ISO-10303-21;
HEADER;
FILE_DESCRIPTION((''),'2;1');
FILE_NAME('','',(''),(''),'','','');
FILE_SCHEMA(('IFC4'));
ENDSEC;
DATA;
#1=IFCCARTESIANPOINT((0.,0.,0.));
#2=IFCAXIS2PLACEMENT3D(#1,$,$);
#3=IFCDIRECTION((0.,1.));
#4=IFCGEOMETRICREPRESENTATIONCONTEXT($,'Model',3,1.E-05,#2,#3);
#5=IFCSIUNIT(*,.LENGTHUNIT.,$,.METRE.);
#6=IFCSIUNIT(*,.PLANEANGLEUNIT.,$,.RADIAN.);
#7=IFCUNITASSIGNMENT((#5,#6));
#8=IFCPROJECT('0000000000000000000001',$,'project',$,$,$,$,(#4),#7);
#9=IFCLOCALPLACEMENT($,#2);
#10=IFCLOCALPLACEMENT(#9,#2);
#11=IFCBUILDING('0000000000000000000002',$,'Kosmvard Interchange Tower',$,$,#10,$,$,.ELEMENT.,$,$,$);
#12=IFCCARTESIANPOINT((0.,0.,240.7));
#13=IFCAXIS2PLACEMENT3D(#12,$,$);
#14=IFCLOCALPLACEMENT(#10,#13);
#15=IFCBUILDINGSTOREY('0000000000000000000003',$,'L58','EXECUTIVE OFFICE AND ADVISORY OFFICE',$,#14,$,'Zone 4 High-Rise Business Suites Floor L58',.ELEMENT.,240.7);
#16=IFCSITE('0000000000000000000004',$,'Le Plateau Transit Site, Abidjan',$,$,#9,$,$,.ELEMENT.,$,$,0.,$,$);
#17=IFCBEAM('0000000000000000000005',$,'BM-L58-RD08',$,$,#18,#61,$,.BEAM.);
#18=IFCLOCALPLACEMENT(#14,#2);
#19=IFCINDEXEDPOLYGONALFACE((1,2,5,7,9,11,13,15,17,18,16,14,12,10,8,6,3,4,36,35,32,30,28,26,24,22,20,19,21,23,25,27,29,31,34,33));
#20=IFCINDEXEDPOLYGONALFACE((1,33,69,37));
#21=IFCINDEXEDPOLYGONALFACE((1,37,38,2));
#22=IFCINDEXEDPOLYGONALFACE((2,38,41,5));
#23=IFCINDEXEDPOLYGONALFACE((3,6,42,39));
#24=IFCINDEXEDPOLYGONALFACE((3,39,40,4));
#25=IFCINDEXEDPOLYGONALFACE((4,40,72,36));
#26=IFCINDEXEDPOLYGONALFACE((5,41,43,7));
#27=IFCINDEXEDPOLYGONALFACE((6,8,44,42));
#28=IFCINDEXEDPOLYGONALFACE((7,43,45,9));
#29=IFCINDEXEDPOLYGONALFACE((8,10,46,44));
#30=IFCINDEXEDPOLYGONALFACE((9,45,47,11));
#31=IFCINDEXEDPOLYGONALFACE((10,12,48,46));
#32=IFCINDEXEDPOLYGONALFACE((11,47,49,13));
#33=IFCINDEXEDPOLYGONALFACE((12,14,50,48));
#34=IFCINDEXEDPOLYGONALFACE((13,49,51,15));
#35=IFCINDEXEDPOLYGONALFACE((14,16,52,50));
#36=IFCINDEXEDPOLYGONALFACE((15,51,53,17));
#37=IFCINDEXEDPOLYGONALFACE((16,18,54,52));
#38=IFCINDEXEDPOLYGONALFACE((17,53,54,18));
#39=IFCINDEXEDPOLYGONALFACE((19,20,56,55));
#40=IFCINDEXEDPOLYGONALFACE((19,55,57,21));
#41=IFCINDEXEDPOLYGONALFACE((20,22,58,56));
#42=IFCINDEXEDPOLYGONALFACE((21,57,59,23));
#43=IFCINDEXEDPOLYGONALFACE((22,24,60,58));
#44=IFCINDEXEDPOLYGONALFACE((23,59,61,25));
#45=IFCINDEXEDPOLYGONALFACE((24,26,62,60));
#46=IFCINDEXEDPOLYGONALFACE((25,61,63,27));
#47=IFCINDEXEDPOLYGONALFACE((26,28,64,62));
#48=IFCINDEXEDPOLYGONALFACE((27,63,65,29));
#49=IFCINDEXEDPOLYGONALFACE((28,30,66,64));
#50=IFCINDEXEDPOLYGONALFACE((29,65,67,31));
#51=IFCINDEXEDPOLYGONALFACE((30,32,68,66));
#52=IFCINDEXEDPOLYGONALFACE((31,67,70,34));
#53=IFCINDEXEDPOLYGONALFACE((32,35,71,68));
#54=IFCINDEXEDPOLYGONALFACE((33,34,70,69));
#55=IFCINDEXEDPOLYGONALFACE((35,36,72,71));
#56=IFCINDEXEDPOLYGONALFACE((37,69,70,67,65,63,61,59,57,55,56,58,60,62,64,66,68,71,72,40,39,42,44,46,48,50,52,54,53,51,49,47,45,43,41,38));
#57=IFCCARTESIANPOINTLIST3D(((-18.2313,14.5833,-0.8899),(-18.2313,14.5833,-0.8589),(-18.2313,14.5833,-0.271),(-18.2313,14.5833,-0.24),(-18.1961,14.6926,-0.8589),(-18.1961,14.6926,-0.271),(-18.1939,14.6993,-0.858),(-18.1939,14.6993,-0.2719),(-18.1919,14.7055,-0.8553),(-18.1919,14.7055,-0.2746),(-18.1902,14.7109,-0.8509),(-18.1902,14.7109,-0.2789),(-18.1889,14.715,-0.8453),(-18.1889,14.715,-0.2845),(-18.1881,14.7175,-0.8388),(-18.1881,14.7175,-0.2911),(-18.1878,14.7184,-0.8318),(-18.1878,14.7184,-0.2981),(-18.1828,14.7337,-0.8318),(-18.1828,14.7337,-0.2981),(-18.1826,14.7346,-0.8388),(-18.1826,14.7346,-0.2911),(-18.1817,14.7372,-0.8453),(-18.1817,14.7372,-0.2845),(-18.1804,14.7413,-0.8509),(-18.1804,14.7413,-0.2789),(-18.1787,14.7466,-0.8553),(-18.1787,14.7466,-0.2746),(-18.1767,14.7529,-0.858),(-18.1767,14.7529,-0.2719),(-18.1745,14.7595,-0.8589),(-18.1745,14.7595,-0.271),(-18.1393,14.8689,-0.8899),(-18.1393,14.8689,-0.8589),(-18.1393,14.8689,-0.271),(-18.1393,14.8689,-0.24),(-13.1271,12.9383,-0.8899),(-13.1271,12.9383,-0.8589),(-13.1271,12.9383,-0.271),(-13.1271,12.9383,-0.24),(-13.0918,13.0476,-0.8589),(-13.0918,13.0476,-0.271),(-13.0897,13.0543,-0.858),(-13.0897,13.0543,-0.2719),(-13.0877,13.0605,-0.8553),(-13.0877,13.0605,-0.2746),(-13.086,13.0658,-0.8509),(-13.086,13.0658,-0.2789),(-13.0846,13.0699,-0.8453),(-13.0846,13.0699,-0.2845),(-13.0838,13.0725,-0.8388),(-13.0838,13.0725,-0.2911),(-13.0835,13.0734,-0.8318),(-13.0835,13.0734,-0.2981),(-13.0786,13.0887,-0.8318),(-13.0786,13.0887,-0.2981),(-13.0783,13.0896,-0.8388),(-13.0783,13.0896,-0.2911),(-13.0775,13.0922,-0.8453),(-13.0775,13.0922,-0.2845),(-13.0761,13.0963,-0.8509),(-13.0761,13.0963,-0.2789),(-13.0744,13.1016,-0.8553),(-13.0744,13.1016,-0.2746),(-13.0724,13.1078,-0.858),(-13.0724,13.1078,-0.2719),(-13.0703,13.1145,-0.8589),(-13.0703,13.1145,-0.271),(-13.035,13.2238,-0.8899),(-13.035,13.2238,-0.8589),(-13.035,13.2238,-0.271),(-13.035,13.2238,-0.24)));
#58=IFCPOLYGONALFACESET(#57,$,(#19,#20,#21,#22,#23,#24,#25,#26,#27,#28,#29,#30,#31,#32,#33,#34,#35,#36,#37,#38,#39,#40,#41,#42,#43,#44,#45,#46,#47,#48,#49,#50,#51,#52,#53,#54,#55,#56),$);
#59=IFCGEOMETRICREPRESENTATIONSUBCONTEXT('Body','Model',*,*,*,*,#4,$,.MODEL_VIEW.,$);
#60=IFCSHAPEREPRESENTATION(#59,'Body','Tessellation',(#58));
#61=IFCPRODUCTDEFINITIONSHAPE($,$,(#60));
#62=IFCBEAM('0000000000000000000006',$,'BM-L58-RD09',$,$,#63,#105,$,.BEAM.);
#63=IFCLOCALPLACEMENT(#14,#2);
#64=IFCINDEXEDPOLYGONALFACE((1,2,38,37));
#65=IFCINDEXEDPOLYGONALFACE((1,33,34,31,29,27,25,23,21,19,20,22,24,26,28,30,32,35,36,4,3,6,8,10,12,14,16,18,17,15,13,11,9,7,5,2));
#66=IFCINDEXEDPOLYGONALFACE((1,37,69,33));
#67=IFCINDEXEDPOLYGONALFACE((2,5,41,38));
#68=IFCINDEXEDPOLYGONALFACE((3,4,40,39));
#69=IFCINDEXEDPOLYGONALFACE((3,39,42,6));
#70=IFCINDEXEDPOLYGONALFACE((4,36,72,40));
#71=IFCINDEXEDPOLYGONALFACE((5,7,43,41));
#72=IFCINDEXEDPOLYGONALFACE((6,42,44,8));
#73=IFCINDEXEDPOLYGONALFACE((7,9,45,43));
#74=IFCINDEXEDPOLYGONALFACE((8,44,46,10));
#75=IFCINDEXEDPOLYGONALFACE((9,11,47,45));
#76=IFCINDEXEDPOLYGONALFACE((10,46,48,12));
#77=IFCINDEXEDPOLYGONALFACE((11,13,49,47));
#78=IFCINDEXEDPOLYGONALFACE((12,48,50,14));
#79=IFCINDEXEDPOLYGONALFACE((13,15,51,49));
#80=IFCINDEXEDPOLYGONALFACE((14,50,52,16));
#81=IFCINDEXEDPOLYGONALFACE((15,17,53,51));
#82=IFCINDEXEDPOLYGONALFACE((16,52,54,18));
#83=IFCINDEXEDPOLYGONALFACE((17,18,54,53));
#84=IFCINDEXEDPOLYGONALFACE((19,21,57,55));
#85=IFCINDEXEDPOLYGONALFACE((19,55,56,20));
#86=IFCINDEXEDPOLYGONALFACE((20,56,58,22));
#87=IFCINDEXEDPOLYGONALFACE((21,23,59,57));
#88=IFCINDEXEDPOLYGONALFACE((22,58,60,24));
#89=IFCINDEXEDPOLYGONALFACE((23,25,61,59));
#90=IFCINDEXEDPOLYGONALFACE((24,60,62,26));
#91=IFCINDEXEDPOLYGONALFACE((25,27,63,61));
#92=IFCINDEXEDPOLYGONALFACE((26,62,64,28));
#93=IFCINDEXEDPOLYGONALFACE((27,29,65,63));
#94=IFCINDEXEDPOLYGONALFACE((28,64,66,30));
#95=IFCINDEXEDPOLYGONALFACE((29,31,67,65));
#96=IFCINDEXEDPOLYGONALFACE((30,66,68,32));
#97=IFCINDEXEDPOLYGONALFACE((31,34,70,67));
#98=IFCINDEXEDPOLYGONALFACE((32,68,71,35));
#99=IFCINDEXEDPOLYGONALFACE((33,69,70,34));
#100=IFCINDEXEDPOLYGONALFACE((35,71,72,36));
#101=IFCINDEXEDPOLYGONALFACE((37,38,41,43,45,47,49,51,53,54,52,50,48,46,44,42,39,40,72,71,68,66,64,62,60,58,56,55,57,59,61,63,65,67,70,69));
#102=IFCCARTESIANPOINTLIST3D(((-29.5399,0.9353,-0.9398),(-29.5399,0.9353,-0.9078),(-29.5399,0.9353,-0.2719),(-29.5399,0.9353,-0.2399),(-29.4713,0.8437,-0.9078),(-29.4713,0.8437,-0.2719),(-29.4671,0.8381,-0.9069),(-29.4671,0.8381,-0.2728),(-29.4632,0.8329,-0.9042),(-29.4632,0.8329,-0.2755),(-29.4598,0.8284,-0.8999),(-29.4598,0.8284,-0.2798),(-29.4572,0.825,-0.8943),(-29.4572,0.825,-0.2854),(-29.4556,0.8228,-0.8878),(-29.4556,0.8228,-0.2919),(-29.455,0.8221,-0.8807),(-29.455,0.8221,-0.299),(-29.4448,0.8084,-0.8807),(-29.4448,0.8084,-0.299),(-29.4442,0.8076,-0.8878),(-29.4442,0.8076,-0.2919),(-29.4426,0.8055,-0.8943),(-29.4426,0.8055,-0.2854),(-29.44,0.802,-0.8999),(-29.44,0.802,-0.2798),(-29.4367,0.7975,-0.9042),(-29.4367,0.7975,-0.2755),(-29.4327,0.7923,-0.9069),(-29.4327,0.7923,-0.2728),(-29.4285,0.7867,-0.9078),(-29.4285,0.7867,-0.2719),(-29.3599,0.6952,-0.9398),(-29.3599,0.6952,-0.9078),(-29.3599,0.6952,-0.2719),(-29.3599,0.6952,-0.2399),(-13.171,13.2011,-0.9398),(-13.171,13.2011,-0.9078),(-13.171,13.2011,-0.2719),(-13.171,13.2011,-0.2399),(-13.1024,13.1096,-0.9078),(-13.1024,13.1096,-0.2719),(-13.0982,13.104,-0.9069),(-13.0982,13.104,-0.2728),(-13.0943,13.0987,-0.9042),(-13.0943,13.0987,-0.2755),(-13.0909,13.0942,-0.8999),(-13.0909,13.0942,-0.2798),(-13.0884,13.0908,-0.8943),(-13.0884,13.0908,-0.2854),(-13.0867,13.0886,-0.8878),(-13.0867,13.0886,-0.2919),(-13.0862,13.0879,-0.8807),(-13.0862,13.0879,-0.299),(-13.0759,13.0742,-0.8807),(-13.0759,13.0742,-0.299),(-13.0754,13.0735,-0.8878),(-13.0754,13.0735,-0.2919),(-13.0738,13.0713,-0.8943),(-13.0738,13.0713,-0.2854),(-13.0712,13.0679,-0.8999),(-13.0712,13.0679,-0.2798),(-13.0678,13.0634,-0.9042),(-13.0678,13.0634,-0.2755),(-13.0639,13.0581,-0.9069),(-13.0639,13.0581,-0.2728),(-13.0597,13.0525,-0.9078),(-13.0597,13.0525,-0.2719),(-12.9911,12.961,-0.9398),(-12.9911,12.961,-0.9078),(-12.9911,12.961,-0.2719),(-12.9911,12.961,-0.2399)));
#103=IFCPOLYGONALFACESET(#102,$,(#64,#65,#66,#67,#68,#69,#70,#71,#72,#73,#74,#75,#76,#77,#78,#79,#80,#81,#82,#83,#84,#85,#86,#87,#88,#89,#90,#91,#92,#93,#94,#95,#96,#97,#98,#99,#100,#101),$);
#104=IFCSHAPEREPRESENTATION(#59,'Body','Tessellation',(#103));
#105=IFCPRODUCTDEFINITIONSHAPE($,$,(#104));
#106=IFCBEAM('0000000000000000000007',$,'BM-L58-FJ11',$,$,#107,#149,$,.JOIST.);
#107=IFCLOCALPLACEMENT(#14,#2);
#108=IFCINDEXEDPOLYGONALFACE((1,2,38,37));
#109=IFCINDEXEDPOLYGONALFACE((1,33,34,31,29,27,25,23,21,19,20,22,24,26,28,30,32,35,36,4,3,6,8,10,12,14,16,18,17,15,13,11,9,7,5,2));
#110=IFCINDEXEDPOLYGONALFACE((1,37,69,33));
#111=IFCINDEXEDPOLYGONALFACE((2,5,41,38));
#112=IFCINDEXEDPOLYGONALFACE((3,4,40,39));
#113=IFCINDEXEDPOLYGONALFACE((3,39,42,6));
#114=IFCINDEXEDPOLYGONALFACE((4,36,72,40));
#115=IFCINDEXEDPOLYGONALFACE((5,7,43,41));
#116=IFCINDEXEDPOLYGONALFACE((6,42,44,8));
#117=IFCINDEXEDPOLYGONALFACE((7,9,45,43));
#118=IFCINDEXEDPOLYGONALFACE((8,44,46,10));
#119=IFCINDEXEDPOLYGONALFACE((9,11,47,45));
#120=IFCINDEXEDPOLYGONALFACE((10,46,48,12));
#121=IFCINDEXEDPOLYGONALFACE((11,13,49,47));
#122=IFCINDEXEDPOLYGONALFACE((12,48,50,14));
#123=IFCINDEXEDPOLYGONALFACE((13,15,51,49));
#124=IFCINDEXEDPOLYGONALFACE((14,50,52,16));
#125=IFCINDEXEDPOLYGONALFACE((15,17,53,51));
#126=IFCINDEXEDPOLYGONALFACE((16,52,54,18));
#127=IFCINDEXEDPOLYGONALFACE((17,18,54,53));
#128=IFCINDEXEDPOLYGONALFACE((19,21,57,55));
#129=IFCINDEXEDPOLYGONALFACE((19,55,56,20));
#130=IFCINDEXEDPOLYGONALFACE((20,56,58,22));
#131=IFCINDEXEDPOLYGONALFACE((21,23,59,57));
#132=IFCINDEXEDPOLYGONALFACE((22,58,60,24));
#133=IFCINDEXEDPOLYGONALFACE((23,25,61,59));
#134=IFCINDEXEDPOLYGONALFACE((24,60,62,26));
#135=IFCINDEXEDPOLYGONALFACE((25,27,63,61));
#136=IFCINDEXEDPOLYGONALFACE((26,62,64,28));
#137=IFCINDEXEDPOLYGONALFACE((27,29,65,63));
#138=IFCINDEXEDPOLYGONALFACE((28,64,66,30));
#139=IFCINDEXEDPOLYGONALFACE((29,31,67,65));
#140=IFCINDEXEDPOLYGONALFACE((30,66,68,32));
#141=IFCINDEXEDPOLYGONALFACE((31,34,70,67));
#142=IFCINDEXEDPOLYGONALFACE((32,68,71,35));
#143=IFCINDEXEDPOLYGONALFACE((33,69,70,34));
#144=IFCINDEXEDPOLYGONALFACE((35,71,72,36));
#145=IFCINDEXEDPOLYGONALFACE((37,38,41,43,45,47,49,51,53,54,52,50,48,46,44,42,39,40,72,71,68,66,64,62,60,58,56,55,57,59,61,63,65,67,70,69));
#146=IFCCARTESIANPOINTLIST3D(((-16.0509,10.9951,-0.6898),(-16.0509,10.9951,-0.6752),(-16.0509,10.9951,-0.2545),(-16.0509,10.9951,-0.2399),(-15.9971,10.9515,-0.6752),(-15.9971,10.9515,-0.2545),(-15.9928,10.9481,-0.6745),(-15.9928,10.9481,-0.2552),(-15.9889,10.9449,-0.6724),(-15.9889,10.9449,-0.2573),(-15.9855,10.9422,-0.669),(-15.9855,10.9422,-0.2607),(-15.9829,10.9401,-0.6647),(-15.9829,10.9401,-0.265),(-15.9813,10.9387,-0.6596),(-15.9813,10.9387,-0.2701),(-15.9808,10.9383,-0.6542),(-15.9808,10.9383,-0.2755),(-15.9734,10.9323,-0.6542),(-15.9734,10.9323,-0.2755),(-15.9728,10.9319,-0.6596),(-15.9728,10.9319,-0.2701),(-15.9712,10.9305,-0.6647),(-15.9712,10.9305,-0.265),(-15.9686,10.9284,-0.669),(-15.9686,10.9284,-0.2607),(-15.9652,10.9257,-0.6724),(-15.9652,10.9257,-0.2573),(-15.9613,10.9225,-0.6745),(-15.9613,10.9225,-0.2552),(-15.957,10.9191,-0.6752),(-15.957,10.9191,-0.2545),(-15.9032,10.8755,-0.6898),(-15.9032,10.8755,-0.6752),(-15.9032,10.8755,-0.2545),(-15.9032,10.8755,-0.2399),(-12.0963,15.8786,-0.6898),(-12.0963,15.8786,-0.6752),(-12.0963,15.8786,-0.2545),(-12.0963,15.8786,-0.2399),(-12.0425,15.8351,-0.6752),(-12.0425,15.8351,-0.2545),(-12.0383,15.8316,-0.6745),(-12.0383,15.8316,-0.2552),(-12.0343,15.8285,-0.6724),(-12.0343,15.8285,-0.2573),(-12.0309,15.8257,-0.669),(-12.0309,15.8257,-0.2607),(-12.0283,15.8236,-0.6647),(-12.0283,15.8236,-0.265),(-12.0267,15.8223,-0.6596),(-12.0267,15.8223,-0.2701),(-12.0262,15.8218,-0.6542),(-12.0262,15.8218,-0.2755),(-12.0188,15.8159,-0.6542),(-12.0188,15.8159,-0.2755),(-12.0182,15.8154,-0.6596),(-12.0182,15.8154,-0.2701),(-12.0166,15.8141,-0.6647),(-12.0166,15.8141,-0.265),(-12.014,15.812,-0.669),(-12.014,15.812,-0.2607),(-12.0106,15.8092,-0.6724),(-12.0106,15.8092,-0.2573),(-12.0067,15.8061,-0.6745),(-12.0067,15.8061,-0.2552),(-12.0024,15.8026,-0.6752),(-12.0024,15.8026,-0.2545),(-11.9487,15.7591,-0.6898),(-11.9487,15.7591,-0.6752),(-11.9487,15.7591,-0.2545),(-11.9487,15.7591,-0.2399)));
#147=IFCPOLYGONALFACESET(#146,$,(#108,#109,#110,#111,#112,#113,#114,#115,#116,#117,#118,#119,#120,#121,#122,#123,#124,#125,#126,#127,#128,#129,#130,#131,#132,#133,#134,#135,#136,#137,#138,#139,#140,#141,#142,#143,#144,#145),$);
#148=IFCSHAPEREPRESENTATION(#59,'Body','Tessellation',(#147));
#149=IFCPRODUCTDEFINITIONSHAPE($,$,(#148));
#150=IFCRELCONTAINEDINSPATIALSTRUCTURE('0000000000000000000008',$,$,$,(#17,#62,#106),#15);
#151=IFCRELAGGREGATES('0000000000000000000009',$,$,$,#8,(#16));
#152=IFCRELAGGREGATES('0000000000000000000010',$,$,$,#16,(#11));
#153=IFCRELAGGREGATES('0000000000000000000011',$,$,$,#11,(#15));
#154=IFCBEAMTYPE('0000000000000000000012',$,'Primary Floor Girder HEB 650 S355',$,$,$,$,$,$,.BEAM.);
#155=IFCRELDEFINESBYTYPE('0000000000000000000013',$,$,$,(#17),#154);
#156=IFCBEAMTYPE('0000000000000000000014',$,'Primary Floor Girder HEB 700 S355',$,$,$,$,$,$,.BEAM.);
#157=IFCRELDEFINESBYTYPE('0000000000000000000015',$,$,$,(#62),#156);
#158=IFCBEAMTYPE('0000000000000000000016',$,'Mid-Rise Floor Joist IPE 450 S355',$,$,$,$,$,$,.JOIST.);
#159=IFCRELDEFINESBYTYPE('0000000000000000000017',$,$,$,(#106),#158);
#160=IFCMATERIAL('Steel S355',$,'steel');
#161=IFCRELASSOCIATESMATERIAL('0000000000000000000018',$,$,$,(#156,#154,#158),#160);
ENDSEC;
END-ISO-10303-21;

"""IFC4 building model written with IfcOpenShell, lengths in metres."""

from ifc_helpers import new_model, si_unit, direction, frame, origin, origin_2d, place, context, subcontext, project, spatial, i_section, extrude, source, transform, mapped, material, material_profile, profile_set, type_object, element, save


model = new_model("IFC4")

# Units and contexts
model_context = context("Model", 3, precision=1e-05, world=origin(), true_north=direction((0.0, 1.0)))
body_context = subcontext(model_context, "Body", "Model", "MODEL_VIEW")
ifc_project = project(units=[si_unit("LENGTHUNIT", "METRE"), si_unit("PLANEANGLEUNIT", "RADIAN")], contexts=[model_context])

# Site, building, storey
site_placement = place(None, origin())
site = spatial("IfcSite", under=ifc_project, at=site_placement, Name="Le Plateau Transit Site, Abidjan", CompositionType="ELEMENT", RefElevation=0.0)
building_placement = place(site_placement, origin())
building = spatial("IfcBuilding", under=site, at=building_placement, Name="Kosmvard Interchange Tower", CompositionType="ELEMENT")
storey_placement = place(building_placement, frame((0.0, 0.0, 240.7)))
storey = spatial("IfcBuildingStorey", under=building, at=storey_placement, Name="L58", Description="EXECUTIVE OFFICE AND ADVISORY OFFICE", LongName="Zone 4 High-Rise Business Suites Floor L58", CompositionType="ELEMENT", Elevation=240.7)

# Beams
ifc_material_1 = material(Name="Steel S355", Category="steel")
ifc_material_profile_1 = material_profile(ifc_material_1, i_section(OverallWidth=0.3, OverallDepth=0.7, WebThickness=0.0171, FlangeThickness=0.032, FilletRadius=0.0271, at=origin_2d()), Name="HEB 700")
ifc_profile_set_1 = profile_set([ifc_material_profile_1], Name="Steel S355")
beam_type_1 = type_object("IfcBeamType", Name="Primary Floor Girder HEB 700 S355", PredefinedType="BEAM", material=ifc_profile_set_1)
ifc_material_profile_2 = material_profile(ifc_material_1, i_section(OverallWidth=0.3, OverallDepth=0.6499, WebThickness=0.0161, FlangeThickness=0.031, FilletRadius=0.0271, at=origin_2d()), Name="HEB 650")
ifc_profile_set_2 = profile_set([ifc_material_profile_2], Name="Steel S355")
beam_type_2 = type_object("IfcBeamType", Name="Primary Floor Girder HEB 650 S355", PredefinedType="BEAM", material=ifc_profile_set_2)
shared_shape_1 = source(origin(), body_context, "Body", "SweptSolid", [
    extrude(i_section(OverallWidth=0.3, OverallDepth=0.6499, WebThickness=0.0161, FlangeThickness=0.031, FilletRadius=0.0271, at=origin_2d()), origin(), (0.0, 0.0, 1.0), 5.3628),
])
beam_1_placement = place(storey_placement, frame((-13.0811, 13.0811, -0.5649), z_axis=(-0.951791, 0.306747, 0.0), x_axis=(-0.306747, -0.951791, 0.0)))
element("IfcBeam", 1, at=beam_1_placement, inside=storey, type_object=beam_type_2, Name="BM-L58-RD08", PredefinedType="BEAM", context=body_context, shape_type="MappedRepresentation", body=[
    mapped(shared_shape_1, transform((0.0, 0.0, 0.0), scale=1.0)),
])
shared_shape_2 = source(origin(), body_context, "Body", "SweptSolid", [
    extrude(i_section(OverallWidth=0.3, OverallDepth=0.7, WebThickness=0.0171, FlangeThickness=0.032, FilletRadius=0.0271, at=origin_2d()), origin(), (0.0, 0.0, 1.0), 20.4546),
])
beam_2_placement = place(storey_placement, frame((-13.0811, 13.0811, -0.5898), z_axis=(-0.800253, -0.599662, 0.0), x_axis=(0.599662, -0.800253, 0.0)))
element("IfcBeam", 2, at=beam_2_placement, inside=storey, type_object=beam_type_1, Name="BM-L58-RD09", PredefinedType="BEAM", context=body_context, shape_type="MappedRepresentation", body=[
    mapped(shared_shape_2, transform((0.0, 0.0, 0.0), scale=1.0)),
])
ifc_material_profile_3 = material_profile(ifc_material_1, i_section(OverallWidth=0.1899, OverallDepth=0.45, WebThickness=0.0095, FlangeThickness=0.0146, FilletRadius=0.021, at=origin_2d()), Name="IPE 450")
ifc_profile_set_3 = profile_set([ifc_material_profile_3], Name="Steel S355")
beam_type_3 = type_object("IfcBeamType", Name="Mid-Rise Floor Joist IPE 450 S355", PredefinedType="JOIST", material=ifc_profile_set_3)
shared_shape_3 = source(origin(), body_context, "Body", "SweptSolid", [
    extrude(i_section(OverallWidth=0.1899, OverallDepth=0.45, WebThickness=0.0095, FlangeThickness=0.0146, FilletRadius=0.021, at=origin_2d()), origin(), (0.0, 0.0, 1.0), 6.2839),
])
beam_3_placement = place(storey_placement, frame((-12.0225, 15.8188, -0.4648), z_axis=(-0.629318, -0.777148, 0.0), x_axis=(0.777148, -0.629318, 0.0)))
element("IfcBeam", 3, at=beam_3_placement, inside=storey, type_object=beam_type_3, Name="BM-L58-FJ11", PredefinedType="JOIST", context=body_context, shape_type="MappedRepresentation", body=[
    mapped(shared_shape_3, transform((0.0, 0.0, 0.0), scale=1.0)),
])

save(model, "model.ifc")
